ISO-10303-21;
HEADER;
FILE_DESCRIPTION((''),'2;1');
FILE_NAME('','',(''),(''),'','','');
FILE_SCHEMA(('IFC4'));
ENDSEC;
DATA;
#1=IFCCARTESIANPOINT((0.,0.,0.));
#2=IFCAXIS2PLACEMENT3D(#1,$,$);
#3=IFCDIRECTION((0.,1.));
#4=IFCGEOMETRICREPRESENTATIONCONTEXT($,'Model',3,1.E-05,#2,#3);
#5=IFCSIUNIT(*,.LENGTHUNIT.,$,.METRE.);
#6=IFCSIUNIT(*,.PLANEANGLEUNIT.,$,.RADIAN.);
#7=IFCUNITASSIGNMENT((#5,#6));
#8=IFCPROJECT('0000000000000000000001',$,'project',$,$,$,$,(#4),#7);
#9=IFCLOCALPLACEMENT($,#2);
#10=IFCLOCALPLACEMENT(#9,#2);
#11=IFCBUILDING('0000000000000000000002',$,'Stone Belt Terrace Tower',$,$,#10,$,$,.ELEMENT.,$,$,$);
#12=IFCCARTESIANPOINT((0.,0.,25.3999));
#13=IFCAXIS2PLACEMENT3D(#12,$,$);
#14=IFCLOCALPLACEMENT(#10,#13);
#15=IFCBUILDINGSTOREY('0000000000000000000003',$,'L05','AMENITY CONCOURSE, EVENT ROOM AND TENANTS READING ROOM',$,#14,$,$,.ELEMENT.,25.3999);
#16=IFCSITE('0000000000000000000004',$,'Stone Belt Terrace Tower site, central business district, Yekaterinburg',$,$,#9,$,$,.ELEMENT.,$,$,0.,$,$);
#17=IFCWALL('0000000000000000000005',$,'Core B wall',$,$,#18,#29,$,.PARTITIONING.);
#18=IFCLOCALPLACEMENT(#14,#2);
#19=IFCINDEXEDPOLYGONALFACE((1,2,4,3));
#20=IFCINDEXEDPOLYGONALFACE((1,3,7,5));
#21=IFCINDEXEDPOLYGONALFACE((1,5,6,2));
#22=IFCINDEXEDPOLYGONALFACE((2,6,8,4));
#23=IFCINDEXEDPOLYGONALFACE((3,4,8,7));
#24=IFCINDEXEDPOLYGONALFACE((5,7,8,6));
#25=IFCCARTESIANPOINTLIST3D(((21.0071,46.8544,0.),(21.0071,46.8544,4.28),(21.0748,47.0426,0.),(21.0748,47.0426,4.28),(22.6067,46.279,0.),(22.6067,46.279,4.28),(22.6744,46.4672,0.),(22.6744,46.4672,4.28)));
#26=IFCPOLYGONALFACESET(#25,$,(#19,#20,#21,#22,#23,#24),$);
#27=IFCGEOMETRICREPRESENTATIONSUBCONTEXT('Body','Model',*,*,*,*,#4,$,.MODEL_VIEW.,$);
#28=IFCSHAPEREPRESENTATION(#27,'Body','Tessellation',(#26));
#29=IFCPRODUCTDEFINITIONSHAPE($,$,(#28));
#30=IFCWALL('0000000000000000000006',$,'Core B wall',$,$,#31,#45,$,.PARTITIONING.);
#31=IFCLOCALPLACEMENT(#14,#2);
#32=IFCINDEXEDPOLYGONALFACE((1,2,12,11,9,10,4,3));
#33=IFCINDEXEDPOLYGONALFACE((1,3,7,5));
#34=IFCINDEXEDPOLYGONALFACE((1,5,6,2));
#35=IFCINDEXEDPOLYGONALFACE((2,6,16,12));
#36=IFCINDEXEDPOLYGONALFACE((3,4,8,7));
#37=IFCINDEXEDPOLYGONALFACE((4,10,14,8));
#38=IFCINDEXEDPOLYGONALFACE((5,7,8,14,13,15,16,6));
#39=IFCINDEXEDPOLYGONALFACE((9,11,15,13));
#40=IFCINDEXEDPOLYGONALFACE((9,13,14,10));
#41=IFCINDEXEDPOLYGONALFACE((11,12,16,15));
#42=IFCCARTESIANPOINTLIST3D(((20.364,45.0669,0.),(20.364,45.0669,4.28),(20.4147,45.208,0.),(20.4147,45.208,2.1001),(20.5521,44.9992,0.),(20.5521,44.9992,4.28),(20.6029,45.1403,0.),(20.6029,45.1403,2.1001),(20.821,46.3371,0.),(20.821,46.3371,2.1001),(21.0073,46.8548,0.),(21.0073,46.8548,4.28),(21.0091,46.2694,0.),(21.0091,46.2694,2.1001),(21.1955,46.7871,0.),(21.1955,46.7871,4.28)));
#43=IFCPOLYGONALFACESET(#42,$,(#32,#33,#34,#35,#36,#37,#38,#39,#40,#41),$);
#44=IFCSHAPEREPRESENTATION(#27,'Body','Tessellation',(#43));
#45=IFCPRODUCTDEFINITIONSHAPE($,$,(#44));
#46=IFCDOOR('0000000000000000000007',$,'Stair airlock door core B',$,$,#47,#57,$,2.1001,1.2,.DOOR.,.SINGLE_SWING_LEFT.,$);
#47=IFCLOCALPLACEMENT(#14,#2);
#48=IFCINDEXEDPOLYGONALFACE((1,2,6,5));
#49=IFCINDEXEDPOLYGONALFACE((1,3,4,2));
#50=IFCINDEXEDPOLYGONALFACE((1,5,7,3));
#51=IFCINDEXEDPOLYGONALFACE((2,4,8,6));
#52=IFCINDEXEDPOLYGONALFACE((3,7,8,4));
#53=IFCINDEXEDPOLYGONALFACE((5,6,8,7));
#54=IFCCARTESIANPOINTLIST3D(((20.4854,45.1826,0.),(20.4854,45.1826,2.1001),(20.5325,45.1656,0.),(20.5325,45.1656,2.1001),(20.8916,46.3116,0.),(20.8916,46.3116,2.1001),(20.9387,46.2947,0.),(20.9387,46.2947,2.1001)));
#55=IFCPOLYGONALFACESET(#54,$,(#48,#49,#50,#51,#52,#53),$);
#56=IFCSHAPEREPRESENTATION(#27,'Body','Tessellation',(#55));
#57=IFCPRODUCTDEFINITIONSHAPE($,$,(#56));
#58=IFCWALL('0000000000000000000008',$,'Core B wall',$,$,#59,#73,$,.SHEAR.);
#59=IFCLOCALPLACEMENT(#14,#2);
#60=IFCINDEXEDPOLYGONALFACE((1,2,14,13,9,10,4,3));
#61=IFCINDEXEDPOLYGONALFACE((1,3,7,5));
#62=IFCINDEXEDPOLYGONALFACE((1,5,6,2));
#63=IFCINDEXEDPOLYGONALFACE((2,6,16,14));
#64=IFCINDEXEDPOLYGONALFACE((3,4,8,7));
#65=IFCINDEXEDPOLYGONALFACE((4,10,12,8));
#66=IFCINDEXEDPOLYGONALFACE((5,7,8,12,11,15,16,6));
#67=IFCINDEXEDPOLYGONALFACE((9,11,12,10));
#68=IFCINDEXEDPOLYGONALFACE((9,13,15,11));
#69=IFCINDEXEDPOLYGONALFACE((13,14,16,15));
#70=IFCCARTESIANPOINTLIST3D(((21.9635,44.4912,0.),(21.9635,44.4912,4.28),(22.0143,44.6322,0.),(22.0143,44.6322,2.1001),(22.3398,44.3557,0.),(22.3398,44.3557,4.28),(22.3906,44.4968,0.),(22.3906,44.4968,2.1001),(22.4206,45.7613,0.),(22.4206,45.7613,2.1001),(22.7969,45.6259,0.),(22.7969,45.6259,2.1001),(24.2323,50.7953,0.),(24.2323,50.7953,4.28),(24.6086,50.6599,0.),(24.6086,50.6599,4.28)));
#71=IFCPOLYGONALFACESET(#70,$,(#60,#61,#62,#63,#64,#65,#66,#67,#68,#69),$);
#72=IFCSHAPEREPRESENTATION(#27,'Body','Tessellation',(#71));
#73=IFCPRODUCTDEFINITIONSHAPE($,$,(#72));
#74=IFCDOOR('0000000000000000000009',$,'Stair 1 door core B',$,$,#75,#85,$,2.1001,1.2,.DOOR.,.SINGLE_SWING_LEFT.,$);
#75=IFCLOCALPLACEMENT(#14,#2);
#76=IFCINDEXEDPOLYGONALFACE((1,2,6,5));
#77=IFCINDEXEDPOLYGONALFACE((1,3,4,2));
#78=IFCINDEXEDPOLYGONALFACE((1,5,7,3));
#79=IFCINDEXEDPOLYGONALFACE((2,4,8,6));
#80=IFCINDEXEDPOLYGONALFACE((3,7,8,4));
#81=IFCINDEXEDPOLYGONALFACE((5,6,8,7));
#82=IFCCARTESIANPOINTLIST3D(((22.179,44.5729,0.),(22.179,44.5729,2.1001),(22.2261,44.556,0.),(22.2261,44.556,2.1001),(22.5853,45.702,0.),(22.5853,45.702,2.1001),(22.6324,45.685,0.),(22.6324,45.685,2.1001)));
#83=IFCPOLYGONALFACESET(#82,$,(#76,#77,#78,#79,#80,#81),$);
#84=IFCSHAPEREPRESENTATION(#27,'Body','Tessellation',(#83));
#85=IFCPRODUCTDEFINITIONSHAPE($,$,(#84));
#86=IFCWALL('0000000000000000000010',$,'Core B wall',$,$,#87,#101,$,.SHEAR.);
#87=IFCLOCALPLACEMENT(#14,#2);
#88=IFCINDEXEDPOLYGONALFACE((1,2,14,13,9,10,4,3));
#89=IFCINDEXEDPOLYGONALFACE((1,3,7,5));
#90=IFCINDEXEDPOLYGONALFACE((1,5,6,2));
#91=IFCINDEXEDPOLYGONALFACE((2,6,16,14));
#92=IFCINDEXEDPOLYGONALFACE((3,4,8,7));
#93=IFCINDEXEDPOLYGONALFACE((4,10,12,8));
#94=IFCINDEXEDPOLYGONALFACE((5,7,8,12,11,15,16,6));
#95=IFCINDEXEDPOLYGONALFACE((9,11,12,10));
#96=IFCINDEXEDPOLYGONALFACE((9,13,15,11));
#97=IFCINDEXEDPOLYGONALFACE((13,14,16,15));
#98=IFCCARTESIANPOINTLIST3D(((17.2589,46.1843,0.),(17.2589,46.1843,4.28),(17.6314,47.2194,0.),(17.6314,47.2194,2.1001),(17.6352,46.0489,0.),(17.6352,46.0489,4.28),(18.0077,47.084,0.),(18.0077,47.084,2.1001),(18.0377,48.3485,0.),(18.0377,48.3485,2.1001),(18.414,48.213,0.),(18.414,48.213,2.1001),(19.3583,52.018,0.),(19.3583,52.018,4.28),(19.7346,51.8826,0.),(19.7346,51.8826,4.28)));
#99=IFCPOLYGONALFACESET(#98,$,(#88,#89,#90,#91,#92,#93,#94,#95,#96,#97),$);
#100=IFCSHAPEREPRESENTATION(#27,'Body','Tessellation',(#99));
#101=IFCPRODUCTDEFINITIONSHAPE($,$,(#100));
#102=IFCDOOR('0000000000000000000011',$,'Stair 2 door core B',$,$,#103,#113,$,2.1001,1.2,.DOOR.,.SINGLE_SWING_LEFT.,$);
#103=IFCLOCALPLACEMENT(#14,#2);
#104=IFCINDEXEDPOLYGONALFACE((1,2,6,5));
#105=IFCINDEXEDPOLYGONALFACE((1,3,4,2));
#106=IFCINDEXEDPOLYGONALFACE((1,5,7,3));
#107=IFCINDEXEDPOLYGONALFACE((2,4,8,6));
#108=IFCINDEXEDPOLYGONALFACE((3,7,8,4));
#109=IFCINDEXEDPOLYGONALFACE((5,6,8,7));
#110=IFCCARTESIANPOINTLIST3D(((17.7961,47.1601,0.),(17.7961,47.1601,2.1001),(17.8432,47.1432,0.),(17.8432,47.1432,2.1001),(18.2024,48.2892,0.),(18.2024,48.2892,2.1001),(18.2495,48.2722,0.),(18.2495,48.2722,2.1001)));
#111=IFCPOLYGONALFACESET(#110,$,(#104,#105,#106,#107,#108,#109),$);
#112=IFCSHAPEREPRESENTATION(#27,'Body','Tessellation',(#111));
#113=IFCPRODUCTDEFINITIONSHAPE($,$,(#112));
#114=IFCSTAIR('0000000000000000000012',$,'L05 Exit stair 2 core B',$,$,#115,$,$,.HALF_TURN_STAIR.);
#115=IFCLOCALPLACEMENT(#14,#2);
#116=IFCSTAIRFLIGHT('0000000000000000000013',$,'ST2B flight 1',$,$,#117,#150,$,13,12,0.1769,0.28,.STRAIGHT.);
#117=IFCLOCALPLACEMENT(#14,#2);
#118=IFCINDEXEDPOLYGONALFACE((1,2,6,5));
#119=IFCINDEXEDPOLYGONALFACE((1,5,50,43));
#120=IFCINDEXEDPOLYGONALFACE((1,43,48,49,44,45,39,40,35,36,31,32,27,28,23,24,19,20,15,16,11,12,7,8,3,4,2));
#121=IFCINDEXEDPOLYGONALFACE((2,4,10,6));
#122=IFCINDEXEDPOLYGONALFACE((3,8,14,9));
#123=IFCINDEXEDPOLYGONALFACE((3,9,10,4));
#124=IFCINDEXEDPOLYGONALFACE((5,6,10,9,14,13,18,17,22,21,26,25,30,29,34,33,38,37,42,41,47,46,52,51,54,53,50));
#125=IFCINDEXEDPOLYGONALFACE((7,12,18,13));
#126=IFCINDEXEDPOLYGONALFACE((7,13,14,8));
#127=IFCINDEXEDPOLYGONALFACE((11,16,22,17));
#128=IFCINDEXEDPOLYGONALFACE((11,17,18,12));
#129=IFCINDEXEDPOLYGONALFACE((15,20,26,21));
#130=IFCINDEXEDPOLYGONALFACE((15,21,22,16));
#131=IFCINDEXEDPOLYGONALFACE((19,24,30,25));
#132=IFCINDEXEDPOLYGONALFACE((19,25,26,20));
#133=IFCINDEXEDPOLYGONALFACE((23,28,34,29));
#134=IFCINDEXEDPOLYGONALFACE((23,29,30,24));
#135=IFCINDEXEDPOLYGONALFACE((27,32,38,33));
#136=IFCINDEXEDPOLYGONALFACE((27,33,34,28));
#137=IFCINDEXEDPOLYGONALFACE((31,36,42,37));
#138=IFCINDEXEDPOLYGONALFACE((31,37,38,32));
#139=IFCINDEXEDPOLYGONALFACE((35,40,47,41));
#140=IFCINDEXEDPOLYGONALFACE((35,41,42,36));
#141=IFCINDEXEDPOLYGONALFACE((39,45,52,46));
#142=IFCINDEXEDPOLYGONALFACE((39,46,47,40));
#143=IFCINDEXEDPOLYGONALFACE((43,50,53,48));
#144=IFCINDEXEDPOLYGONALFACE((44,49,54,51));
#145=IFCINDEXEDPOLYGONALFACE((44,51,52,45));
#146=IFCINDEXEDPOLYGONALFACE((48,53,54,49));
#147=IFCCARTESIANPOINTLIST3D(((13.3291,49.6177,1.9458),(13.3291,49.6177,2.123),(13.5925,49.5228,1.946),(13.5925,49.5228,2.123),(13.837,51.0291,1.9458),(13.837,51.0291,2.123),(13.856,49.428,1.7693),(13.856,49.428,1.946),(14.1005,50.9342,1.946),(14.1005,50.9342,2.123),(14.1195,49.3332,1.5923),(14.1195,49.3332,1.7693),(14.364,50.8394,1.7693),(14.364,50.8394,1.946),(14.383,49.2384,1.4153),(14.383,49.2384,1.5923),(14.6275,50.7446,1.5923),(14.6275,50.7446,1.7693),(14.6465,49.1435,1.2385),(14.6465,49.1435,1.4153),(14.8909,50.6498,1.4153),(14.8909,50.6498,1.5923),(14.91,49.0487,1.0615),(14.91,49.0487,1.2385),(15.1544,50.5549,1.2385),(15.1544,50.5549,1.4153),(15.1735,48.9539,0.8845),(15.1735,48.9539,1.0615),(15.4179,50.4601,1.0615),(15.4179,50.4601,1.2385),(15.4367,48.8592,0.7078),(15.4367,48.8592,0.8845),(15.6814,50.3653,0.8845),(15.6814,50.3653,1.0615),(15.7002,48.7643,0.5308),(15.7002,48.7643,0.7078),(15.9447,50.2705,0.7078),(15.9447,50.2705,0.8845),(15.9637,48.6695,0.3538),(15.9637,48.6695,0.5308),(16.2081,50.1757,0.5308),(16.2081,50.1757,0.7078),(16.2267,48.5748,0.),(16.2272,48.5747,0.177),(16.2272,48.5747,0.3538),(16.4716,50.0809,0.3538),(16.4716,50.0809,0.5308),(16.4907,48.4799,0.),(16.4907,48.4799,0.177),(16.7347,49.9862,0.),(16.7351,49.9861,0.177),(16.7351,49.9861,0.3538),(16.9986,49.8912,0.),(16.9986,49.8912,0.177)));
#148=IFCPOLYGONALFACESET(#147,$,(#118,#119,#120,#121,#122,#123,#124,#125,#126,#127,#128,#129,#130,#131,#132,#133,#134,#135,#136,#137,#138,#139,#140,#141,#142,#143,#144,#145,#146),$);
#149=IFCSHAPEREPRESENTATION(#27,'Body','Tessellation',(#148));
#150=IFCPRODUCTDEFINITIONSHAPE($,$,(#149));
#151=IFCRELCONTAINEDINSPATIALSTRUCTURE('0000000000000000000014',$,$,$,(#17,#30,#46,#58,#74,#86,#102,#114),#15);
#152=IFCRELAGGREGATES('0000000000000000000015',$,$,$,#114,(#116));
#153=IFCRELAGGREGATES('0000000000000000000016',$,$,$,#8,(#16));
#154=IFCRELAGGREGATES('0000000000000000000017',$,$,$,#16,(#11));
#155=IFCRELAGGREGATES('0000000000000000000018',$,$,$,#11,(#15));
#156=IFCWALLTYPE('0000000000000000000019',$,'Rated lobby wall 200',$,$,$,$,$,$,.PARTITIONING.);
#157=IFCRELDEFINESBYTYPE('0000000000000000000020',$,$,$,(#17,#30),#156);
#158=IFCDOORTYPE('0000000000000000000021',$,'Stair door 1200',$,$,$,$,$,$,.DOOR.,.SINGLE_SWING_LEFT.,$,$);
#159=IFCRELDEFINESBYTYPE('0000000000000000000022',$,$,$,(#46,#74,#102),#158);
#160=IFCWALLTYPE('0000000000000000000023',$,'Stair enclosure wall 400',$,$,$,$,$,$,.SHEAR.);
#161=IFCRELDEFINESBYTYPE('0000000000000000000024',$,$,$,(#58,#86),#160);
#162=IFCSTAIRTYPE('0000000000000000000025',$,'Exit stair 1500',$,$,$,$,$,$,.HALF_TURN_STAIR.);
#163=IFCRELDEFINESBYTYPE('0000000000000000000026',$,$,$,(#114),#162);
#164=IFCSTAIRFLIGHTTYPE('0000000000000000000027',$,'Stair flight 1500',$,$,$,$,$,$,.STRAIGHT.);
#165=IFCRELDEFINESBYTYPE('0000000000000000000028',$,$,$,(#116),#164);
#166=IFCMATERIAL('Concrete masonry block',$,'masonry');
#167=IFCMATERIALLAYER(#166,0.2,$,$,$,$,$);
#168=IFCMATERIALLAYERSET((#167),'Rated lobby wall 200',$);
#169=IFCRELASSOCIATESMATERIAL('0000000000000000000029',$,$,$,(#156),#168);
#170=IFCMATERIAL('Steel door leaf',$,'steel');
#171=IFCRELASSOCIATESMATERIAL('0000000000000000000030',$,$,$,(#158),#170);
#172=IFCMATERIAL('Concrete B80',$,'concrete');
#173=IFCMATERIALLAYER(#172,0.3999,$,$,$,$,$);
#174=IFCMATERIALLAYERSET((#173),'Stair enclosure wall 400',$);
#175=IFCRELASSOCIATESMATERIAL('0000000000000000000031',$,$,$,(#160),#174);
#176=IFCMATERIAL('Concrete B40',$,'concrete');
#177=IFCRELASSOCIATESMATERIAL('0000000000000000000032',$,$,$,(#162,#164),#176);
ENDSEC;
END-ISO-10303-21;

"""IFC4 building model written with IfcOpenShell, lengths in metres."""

from ifc_helpers import new_model, si_unit, direction, frame, frame_2d, origin, place, context, subcontext, project, spatial, polyline, rectangle, outline, extrude, material, layer, layer_set, type_object, element, fill, aggregate, save


model = new_model("IFC4")

# Units and contexts
model_context = context("Model", 3, precision=1e-05, world=origin(), true_north=direction((0.0, 1.0)))
body_context = subcontext(model_context, "Body", "Model", "MODEL_VIEW")
ifc_project = project(units=[si_unit("LENGTHUNIT", "METRE"), si_unit("PLANEANGLEUNIT", "RADIAN")], contexts=[model_context])

# Site, building, storey
site_placement = place(None, origin())
site = spatial("IfcSite", under=ifc_project, at=site_placement, Name="Stone Belt Terrace Tower site, central business district, Yekaterinburg", CompositionType="ELEMENT", RefElevation=0.0)
building_placement = place(site_placement, origin())
building = spatial("IfcBuilding", under=site, at=building_placement, Name="Stone Belt Terrace Tower", CompositionType="ELEMENT")
storey_placement = place(building_placement, frame((0.0, 0.0, 25.3999)))
storey = spatial("IfcBuildingStorey", under=building, at=storey_placement, Name="L05", Description="AMENITY CONCOURSE, EVENT ROOM AND TENANTS READING ROOM", CompositionType="ELEMENT", Elevation=25.3999)

# Shared definitions
ifc_material_1 = material(Name="Concrete B80", Category="concrete")

# Wall
ifc_material_2 = material(Name="Concrete masonry block", Category="masonry")
ifc_layer_1 = layer(ifc_material_2, 0.2)
ifc_layer_set_1 = layer_set([ifc_layer_1], Name="Rated lobby wall 200")
wall_type_1 = type_object("IfcWallType", Name="Rated lobby wall 200", PredefinedType="PARTITIONING", material=ifc_layer_set_1)
wall_1_placement = place(storey_placement, frame((22.6406, 46.373, 0.0), z_axis=(0.0, 0.0, 1.0), x_axis=(-0.940966, 0.338501, 0.0)))
element("IfcWall", 1, at=wall_1_placement, inside=storey, type_object=wall_type_1, Name="Core B wall", PredefinedType="PARTITIONING", context=body_context, shape_type="SweptSolid", body=[
    extrude(rectangle(XDim=1.7, YDim=0.2, at=frame_2d((0.8501, 0.0))), origin(), (0.0, 0.0, 1.0), 4.28),
])

# Walls, openings, doors
wall_2_placement = place(storey_placement, frame((20.458, 45.033, 0.0), z_axis=(0.0, 0.0, 1.0), x_axis=(0.338574, 0.94094, 0.0)))
wall_2 = element("IfcWall", 2, at=wall_2_placement, inside=storey, type_object=wall_type_1, Name="Core B wall", PredefinedType="PARTITIONING", context=body_context, shape_type="SweptSolid", body=[
    extrude(rectangle(XDim=1.9001, YDim=0.2, at=frame_2d((0.9502, 0.0))), origin(), (0.0, 0.0, 1.0), 4.28),
])
opening_1_placement = place(wall_2_placement, frame((0.1499, 0.0, 0.0)))
opening_1 = element("IfcOpeningElement", 3, at=opening_1_placement, cuts=wall_2, PredefinedType="OPENING", context=body_context, shape_type="SweptSolid", body=[
    extrude(rectangle(XDim=1.2, YDim=2.1001, at=frame_2d((0.6001, 1.05))), frame((0.0, 0.1099, 0.0), z_axis=(0.0, -1.0, 0.0), x_axis=(1.0, 0.0, 0.0)), (0.0, 0.0, 1.0), 0.22),
])
ifc_material_3 = material(Name="Steel door leaf", Category="steel")
door_type_1 = type_object("IfcDoorType", Name="Stair door 1200", OperationType="SINGLE_SWING_LEFT", PredefinedType="DOOR", material=ifc_material_3)
door_1_placement = place(opening_1_placement, origin())
door_1 = element("IfcDoor", 4, at=door_1_placement, inside=storey, type_object=door_type_1, Name="Stair airlock door core B", OperationType="SINGLE_SWING_LEFT", OverallHeight=2.1001, OverallWidth=1.2, PredefinedType="DOOR", context=body_context, shape_type="SweptSolid", body=[
    extrude(rectangle(XDim=1.2, YDim=2.1001, at=frame_2d((0.6001, 1.05))), frame((0.0, 0.0249, 0.0), z_axis=(0.0, -1.0, 0.0), x_axis=(1.0, 0.0, 0.0)), (0.0, 0.0, 1.0), 0.05),
])
fill(opening_1, door_1)
ifc_layer_2 = layer(ifc_material_1, 0.3999)
ifc_layer_set_2 = layer_set([ifc_layer_2], Name="Stair enclosure wall 400")
wall_type_2 = type_object("IfcWallType", Name="Stair enclosure wall 400", PredefinedType="SHEAR", material=ifc_layer_set_2)
wall_3_placement = place(storey_placement, frame((22.1516, 44.4233, 0.0), z_axis=(0.0, 0.0, 1.0), x_axis=(0.338625, 0.940921, 0.0)))
wall_3 = element("IfcWall", 5, at=wall_3_placement, inside=storey, type_object=wall_type_2, Name="Core B wall", PredefinedType="SHEAR", context=body_context, shape_type="SweptSolid", body=[
    extrude(rectangle(XDim=6.7, YDim=0.3999, at=frame_2d((3.3501, 0.0))), origin(), (0.0, 0.0, 1.0), 4.28),
])
opening_2_placement = place(wall_3_placement, frame((0.1499, 0.0, 0.0)))
opening_2 = element("IfcOpeningElement", 6, at=opening_2_placement, cuts=wall_3, PredefinedType="OPENING", context=body_context, shape_type="SweptSolid", body=[
    extrude(rectangle(XDim=1.2, YDim=2.1001, at=frame_2d((0.6001, 1.05))), frame((0.0, 0.21, 0.0), z_axis=(0.0, -1.0, 0.0), x_axis=(1.0, 0.0, 0.0)), (0.0, 0.0, 1.0), 0.4199),
])
door_2_placement = place(opening_2_placement, origin())
door_2 = element("IfcDoor", 7, at=door_2_placement, inside=storey, type_object=door_type_1, Name="Stair 1 door core B", OperationType="SINGLE_SWING_LEFT", OverallHeight=2.1001, OverallWidth=1.2, PredefinedType="DOOR", context=body_context, shape_type="SweptSolid", body=[
    extrude(rectangle(XDim=1.2, YDim=2.1001, at=frame_2d((0.6001, 1.05))), frame((0.0, 0.0249, 0.0), z_axis=(0.0, -1.0, 0.0), x_axis=(1.0, 0.0, 0.0)), (0.0, 0.0, 1.0), 0.05),
])
fill(opening_2, door_2)
wall_4_placement = place(storey_placement, frame((17.447, 46.1165, 0.0), z_axis=(0.0, 0.0, 1.0), x_axis=(0.338608, 0.940928, 0.0)))
wall_4 = element("IfcWall", 8, at=wall_4_placement, inside=storey, type_object=wall_type_2, Name="Core B wall", PredefinedType="SHEAR", context=body_context, shape_type="SweptSolid", body=[
    extrude(rectangle(XDim=6.2, YDim=0.3999, at=frame_2d((3.1001, 0.0))), origin(), (0.0, 0.0, 1.0), 4.28),
])
opening_3_placement = place(wall_4_placement, frame((1.1001, 0.0, 0.0)))
opening_3 = element("IfcOpeningElement", 9, at=opening_3_placement, cuts=wall_4, PredefinedType="OPENING", context=body_context, shape_type="SweptSolid", body=[
    extrude(rectangle(XDim=1.2, YDim=2.1001, at=frame_2d((0.6001, 1.05))), frame((0.0, 0.21, 0.0), z_axis=(0.0, -1.0, 0.0), x_axis=(1.0, 0.0, 0.0)), (0.0, 0.0, 1.0), 0.4199),
])
door_3_placement = place(opening_3_placement, origin())
door_3 = element("IfcDoor", 10, at=door_3_placement, inside=storey, type_object=door_type_1, Name="Stair 2 door core B", OperationType="SINGLE_SWING_LEFT", OverallHeight=2.1001, OverallWidth=1.2, PredefinedType="DOOR", context=body_context, shape_type="SweptSolid", body=[
    extrude(rectangle(XDim=1.2, YDim=2.1001, at=frame_2d((0.6001, 1.05))), frame((0.0, 0.0249, 0.0), z_axis=(0.0, -1.0, 0.0), x_axis=(1.0, 0.0, 0.0)), (0.0, 0.0, 1.0), 0.05),
])
fill(opening_3, door_3)

# Stair, stair flight
ifc_material_4 = material(Name="Concrete B40", Category="concrete")
stair_type = type_object("IfcStairType", Name="Exit stair 1500", PredefinedType="HALF_TURN_STAIR", material=ifc_material_4)
stair_placement = place(storey_placement, origin())
stair = element("IfcStair", 11, at=stair_placement, inside=storey, type_object=stair_type, Name="L05 Exit stair 2 core B", PredefinedType="HALF_TURN_STAIR")
stair_flight_type = type_object("IfcStairFlightType", Name="Stair flight 1500", PredefinedType="STRAIGHT", material=ifc_material_4)
stair_flight_placement = place(storey_placement, frame((16.7446, 49.1855, 0.0), z_axis=(0.0, 0.0, 1.0), x_axis=(-0.940922, 0.338624, 0.0)))
stair_flight = element("IfcStairFlight", 12, at=stair_flight_placement, type_object=stair_flight_type, Name="ST2B flight 1", NumberOfRisers=13, NumberOfTreads=12, PredefinedType="STRAIGHT", RiserHeight=0.1769, TreadLength=0.28, context=body_context, shape_type="SweptSolid", body=[
    extrude(outline(polyline([(0.0, 0.0), (0.0, 0.177), (0.28, 0.177), (0.28, 0.3538), (0.5601, 0.3538), (0.5601, 0.5308), (0.8401, 0.5308), (0.8401, 0.7078), (1.1201, 0.7078), (1.1201, 0.8845), (1.3999, 0.8845), (1.3999, 1.0615), (1.6799, 1.0615), (1.6799, 1.2385), (1.96, 1.2385), (1.96, 1.4153), (2.24, 1.4153), (2.24, 1.5923), (2.52, 1.5923), (2.52, 1.7693), (2.8, 1.7693), (2.8, 1.946), (3.0801, 1.946), (3.0801, 2.123), (3.3601, 2.123), (3.3601, 2.3), (3.3601, 1.9458), (0.2805, 0.0), (0.0, 0.0)])), frame((0.0, 0.75, 0.0), z_axis=(0.0, -1.0, 0.0), x_axis=(1.0, 0.0, 0.0)), (0.0, 0.0, 1.0), 1.5),
])
aggregate(stair, [stair_flight])

save(model, "model.ifc")
